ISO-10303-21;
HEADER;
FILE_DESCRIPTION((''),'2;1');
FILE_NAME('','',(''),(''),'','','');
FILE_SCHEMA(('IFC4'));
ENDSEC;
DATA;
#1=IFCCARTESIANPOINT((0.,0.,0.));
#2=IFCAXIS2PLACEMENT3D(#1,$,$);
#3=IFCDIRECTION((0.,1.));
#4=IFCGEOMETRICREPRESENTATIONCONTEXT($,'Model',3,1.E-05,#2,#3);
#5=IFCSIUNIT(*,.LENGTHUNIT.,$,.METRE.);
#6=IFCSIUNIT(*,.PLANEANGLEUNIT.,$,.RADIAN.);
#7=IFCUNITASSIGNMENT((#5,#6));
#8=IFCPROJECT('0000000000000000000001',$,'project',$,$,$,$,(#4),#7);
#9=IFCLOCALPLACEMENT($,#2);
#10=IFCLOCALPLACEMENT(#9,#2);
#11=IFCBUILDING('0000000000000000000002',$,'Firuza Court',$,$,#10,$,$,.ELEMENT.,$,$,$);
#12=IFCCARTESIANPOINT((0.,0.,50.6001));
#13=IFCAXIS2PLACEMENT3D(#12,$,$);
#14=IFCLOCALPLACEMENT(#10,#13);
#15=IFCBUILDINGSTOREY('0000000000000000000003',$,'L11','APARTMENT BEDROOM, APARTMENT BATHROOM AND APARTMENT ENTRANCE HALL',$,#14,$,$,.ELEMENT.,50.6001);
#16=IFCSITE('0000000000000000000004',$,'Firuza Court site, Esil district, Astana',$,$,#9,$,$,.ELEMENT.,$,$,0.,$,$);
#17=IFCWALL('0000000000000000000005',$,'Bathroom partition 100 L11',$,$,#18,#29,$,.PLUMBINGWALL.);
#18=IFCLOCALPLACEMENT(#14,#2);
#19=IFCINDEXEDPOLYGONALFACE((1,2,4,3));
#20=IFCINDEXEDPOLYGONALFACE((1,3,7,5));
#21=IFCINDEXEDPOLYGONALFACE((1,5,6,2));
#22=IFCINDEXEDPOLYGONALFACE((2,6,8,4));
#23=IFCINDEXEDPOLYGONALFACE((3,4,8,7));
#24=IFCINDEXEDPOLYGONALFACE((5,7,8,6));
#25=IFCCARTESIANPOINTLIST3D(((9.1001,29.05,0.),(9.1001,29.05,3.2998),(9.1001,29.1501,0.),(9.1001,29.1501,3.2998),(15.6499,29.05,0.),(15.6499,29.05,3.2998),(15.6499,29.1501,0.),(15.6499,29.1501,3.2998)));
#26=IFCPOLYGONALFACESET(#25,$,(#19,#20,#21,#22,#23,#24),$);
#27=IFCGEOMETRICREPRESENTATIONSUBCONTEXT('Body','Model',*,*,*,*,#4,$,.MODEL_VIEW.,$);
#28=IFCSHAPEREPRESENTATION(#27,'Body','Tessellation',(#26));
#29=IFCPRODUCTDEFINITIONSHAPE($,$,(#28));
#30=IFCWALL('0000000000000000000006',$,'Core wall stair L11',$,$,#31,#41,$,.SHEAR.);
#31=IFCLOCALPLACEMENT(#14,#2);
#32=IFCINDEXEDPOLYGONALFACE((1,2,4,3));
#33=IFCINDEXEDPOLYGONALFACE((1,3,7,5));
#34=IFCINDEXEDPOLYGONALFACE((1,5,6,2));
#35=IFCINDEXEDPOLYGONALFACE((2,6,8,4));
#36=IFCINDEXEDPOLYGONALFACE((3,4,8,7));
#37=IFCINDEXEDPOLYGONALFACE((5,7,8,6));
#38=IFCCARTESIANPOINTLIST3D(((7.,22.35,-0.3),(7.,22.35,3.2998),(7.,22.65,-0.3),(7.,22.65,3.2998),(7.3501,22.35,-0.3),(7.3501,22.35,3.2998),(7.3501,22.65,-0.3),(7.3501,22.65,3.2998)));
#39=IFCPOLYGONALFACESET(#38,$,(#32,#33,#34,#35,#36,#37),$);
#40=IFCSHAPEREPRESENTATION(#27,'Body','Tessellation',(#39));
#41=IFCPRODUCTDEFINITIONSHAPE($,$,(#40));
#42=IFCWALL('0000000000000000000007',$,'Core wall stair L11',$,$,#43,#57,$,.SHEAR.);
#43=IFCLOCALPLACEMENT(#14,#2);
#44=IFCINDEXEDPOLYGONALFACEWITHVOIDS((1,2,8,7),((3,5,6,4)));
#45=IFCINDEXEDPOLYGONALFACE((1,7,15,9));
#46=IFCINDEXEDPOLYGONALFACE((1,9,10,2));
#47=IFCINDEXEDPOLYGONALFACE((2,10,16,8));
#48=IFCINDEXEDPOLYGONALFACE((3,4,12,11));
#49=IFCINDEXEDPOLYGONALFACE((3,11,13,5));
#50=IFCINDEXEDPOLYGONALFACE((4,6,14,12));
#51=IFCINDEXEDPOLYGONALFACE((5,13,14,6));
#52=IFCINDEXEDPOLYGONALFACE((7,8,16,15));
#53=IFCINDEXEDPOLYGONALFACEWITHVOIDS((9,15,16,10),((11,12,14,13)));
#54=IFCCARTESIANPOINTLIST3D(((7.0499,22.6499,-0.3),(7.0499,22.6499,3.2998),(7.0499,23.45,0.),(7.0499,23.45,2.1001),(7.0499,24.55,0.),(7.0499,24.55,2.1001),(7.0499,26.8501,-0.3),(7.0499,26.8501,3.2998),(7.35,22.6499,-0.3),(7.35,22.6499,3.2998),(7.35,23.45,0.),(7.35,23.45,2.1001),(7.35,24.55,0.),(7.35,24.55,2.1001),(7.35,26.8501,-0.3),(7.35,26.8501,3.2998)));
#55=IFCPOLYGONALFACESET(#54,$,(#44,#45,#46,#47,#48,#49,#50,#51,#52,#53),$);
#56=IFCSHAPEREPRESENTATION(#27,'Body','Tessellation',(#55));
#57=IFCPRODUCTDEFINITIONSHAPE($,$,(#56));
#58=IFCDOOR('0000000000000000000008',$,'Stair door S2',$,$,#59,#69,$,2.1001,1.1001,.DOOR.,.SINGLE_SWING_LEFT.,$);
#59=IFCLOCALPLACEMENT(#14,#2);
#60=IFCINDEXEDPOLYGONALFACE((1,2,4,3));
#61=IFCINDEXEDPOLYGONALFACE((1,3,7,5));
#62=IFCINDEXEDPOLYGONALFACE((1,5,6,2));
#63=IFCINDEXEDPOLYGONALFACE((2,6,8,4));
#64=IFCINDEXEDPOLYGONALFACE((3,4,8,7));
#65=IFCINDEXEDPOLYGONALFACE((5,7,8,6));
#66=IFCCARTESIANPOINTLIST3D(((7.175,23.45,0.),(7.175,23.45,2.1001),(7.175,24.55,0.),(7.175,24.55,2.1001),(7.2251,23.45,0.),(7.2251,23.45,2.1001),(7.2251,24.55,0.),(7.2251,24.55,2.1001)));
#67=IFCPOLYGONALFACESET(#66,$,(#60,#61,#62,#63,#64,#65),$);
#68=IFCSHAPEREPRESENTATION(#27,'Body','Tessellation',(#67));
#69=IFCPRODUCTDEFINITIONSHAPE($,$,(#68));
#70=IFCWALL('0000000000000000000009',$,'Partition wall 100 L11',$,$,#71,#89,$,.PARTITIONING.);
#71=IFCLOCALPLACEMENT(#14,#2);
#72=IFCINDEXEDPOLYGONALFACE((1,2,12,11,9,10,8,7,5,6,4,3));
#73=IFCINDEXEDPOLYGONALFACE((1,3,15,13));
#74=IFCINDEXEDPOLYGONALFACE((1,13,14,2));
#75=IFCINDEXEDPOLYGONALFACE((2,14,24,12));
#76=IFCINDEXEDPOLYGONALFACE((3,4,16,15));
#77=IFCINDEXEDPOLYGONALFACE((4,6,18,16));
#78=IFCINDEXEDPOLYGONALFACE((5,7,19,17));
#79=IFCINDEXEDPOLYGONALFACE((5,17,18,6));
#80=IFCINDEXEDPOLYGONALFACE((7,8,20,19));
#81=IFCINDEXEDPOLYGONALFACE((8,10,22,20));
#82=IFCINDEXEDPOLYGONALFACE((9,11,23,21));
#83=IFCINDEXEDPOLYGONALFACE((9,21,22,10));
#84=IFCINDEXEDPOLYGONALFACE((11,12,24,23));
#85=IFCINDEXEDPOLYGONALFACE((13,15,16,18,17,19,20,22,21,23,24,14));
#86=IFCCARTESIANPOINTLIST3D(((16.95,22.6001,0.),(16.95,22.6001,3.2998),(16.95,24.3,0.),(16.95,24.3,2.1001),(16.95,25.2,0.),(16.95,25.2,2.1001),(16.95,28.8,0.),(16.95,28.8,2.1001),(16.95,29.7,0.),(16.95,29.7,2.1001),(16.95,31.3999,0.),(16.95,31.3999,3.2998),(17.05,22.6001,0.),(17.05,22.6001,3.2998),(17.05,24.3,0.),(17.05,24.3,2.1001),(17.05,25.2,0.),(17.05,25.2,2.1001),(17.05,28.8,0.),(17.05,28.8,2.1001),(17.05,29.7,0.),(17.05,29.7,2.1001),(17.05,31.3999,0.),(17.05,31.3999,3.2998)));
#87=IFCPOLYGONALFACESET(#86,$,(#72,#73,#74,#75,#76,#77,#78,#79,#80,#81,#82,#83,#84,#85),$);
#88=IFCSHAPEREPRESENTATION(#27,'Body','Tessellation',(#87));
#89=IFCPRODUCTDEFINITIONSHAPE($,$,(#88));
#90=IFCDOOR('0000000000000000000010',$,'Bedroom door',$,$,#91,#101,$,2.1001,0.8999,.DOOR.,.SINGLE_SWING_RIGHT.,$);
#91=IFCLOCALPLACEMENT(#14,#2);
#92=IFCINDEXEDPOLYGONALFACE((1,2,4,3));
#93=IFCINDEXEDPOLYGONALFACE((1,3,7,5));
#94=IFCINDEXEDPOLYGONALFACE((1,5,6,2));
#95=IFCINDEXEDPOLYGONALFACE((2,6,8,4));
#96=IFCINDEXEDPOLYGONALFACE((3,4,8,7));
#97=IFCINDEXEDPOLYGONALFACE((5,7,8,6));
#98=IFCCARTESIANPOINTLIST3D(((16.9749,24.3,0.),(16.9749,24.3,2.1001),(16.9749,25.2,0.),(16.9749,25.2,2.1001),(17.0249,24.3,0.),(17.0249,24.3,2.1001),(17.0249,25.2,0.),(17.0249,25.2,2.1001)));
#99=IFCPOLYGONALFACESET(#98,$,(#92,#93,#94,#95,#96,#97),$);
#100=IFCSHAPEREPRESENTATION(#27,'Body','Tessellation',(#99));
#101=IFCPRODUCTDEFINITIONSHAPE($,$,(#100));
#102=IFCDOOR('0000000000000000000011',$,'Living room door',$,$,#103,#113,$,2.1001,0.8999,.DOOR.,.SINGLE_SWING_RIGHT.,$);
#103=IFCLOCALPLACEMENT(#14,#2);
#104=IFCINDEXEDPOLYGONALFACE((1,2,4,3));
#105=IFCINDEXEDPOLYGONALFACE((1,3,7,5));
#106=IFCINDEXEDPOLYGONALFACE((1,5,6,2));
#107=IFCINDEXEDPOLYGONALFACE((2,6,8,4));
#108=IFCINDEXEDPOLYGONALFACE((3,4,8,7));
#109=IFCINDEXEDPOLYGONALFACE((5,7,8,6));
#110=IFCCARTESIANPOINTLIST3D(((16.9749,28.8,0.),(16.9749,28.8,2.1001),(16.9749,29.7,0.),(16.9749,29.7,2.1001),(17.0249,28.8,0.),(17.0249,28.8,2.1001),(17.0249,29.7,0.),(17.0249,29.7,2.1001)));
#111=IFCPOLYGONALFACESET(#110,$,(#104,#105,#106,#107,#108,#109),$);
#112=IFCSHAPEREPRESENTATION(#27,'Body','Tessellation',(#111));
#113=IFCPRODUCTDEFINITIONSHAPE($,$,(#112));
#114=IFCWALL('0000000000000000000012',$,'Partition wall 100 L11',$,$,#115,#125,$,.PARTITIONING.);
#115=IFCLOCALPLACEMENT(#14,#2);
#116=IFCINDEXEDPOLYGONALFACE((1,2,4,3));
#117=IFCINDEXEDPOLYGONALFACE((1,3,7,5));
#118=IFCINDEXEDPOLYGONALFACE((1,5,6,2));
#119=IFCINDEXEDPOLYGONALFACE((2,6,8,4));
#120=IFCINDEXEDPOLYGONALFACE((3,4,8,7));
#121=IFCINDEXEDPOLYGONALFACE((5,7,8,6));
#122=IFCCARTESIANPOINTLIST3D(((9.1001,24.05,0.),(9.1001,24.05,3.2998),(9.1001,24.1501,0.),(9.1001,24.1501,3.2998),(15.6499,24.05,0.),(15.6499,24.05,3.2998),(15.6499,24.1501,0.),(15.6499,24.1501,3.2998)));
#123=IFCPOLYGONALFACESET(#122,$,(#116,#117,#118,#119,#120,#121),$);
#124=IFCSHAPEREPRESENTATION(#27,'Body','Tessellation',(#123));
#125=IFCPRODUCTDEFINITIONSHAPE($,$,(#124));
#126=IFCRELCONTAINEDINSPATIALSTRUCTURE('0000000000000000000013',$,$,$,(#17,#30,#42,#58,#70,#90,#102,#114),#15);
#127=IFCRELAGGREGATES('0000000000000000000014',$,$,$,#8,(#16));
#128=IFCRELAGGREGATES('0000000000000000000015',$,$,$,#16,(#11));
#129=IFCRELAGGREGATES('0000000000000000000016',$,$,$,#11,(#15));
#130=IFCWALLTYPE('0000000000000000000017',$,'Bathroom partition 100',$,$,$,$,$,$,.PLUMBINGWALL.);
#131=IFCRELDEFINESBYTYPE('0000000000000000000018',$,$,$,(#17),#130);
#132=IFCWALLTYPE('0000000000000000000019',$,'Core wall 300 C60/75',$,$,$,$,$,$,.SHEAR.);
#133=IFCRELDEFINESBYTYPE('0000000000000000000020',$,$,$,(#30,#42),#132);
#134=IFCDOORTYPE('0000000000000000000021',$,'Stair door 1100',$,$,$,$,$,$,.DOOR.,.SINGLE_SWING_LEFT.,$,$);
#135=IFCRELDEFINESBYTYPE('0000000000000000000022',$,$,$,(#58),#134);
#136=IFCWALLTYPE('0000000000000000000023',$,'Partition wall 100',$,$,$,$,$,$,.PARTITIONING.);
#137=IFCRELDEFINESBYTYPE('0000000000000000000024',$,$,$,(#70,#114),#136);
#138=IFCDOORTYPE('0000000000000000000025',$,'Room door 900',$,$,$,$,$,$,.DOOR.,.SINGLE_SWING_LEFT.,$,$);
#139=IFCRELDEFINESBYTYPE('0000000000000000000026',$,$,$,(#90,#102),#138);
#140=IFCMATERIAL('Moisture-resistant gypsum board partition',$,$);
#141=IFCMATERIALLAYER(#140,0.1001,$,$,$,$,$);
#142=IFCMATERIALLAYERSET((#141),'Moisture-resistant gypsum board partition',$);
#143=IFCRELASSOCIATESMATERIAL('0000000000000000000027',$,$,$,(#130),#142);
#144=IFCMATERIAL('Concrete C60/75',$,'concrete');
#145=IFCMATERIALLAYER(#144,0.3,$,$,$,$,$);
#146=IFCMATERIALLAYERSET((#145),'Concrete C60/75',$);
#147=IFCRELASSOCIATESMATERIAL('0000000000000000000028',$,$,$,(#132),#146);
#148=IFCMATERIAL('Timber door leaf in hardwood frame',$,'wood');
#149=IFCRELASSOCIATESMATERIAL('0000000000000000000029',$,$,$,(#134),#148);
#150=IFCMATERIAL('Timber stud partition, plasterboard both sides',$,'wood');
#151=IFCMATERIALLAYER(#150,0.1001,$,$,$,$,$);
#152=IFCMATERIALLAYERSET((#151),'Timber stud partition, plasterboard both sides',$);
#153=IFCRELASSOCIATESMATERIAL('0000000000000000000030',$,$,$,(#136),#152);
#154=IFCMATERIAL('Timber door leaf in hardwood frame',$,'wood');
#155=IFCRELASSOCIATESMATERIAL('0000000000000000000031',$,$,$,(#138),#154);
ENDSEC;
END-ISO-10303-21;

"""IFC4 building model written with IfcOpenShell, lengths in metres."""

from ifc_helpers import new_model, si_unit, direction, frame, frame_2d, origin, place, context, subcontext, project, spatial, rectangle, extrude, material, layer, layer_set, type_object, element, fill, save


model = new_model("IFC4")

# Units and contexts
model_context = context("Model", 3, precision=1e-05, world=origin(), true_north=direction((0.0, 1.0)))
body_context = subcontext(model_context, "Body", "Model", "MODEL_VIEW")
ifc_project = project(units=[si_unit("LENGTHUNIT", "METRE"), si_unit("PLANEANGLEUNIT", "RADIAN")], contexts=[model_context])

# Site, building, storey
site_placement = place(None, origin())
site = spatial("IfcSite", under=ifc_project, at=site_placement, Name="Firuza Court site, Esil district, Astana", CompositionType="ELEMENT", RefElevation=0.0)
building_placement = place(site_placement, origin())
building = spatial("IfcBuilding", under=site, at=building_placement, Name="Firuza Court", CompositionType="ELEMENT")
storey_placement = place(building_placement, frame((0.0, 0.0, 50.6001)))
storey = spatial("IfcBuildingStorey", under=building, at=storey_placement, Name="L11", Description="APARTMENT BEDROOM, APARTMENT BATHROOM AND APARTMENT ENTRANCE HALL", CompositionType="ELEMENT", Elevation=50.6001)

# Walls
ifc_material_1 = material(Name="Moisture-resistant gypsum board partition")
ifc_layer_1 = layer(ifc_material_1, 0.1001)
ifc_layer_set_1 = layer_set([ifc_layer_1], Name="Moisture-resistant gypsum board partition")
wall_type_1 = type_object("IfcWallType", Name="Bathroom partition 100", PredefinedType="PLUMBINGWALL", material=ifc_layer_set_1)
wall_1_placement = place(storey_placement, frame((9.1001, 29.1001, 0.0), z_axis=(0.0, 0.0, 1.0), x_axis=(1.0, 0.0, 0.0)))
element("IfcWall", 1, at=wall_1_placement, inside=storey, type_object=wall_type_1, Name="Bathroom partition 100 L11", PredefinedType="PLUMBINGWALL", context=body_context, shape_type="SweptSolid", body=[
    extrude(rectangle(XDim=6.5498, YDim=0.1001, at=frame_2d((3.2749, 0.0))), origin(), (0.0, 0.0, 1.0), 3.2998),
])
ifc_material_2 = material(Name="Concrete C60/75", Category="concrete")
ifc_layer_2 = layer(ifc_material_2, 0.3)
ifc_layer_set_2 = layer_set([ifc_layer_2], Name="Concrete C60/75")
wall_type_2 = type_object("IfcWallType", Name="Core wall 300 C60/75", PredefinedType="SHEAR", material=ifc_layer_set_2)
wall_2_placement = place(storey_placement, frame((7.0, 22.5, -0.3), z_axis=(0.0, 0.0, 1.0), x_axis=(1.0, 0.0, 0.0)))
element("IfcWall", 2, at=wall_2_placement, inside=storey, type_object=wall_type_2, Name="Core wall stair L11", PredefinedType="SHEAR", context=body_context, shape_type="SweptSolid", body=[
    extrude(rectangle(XDim=0.3501, YDim=0.3, at=frame_2d((0.175, 0.0))), origin(), (0.0, 0.0, 1.0), 3.5999),
])

# Wall, opening, door
wall_3_placement = place(storey_placement, frame((7.2, 22.6499, -0.3), z_axis=(0.0, 0.0, 1.0), x_axis=(0.0, 1.0, 0.0)))
wall_3 = element("IfcWall", 3, at=wall_3_placement, inside=storey, type_object=wall_type_2, Name="Core wall stair L11", PredefinedType="SHEAR", context=body_context, shape_type="SweptSolid", body=[
    extrude(rectangle(XDim=4.2002, YDim=0.3, at=frame_2d((2.1001, 0.0))), origin(), (0.0, 0.0, 1.0), 3.5999),
])
opening_1_placement = place(wall_3_placement, frame((0.8, 0.0, 0.3)))
opening_1 = element("IfcOpeningElement", 4, at=opening_1_placement, cuts=wall_3, PredefinedType="OPENING", context=body_context, shape_type="SweptSolid", body=[
    extrude(rectangle(XDim=1.1001, YDim=2.1001, at=frame_2d((0.55, 1.05))), frame((0.0, 0.1621, 0.0), z_axis=(0.0, -1.0, 0.0), x_axis=(1.0, 0.0, 0.0)), (0.0, 0.0, 1.0), 0.324),
])
ifc_material_3 = material(Name="Timber door leaf in hardwood frame", Category="wood")
door_type_1 = type_object("IfcDoorType", Name="Stair door 1100", OperationType="SINGLE_SWING_LEFT", PredefinedType="DOOR", material=ifc_material_3)
door_1_placement = place(opening_1_placement, origin())
door_1 = element("IfcDoor", 5, at=door_1_placement, inside=storey, type_object=door_type_1, Name="Stair door S2", OperationType="SINGLE_SWING_LEFT", OverallHeight=2.1001, OverallWidth=1.1001, PredefinedType="DOOR", context=body_context, shape_type="SweptSolid", body=[
    extrude(rectangle(XDim=1.1001, YDim=2.1001, at=frame_2d((0.55, 1.05))), frame((0.0, 0.0249, 0.0), z_axis=(0.0, -1.0, 0.0), x_axis=(1.0, 0.0, 0.0)), (0.0, 0.0, 1.0), 0.05),
])
fill(opening_1, door_1)

# Wall, openings, doors
ifc_material_4 = material(Name="Timber stud partition, plasterboard both sides", Category="wood")
ifc_layer_3 = layer(ifc_material_4, 0.1001)
ifc_layer_set_3 = layer_set([ifc_layer_3], Name="Timber stud partition, plasterboard both sides")
wall_type_3 = type_object("IfcWallType", Name="Partition wall 100", PredefinedType="PARTITIONING", material=ifc_layer_set_3)
wall_4_placement = place(storey_placement, frame((17.0, 22.6001, 0.0), z_axis=(0.0, 0.0, 1.0), x_axis=(0.0, 1.0, 0.0)))
wall_4 = element("IfcWall", 6, at=wall_4_placement, inside=storey, type_object=wall_type_3, Name="Partition wall 100 L11", PredefinedType="PARTITIONING", context=body_context, shape_type="SweptSolid", body=[
    extrude(rectangle(XDim=8.7998, YDim=0.1001, at=frame_2d((4.3999, 0.0))), origin(), (0.0, 0.0, 1.0), 3.2998),
])
opening_2_placement = place(wall_4_placement, frame((1.7, 0.0, 0.0)))
opening_2 = element("IfcOpeningElement", 7, at=opening_2_placement, cuts=wall_4, PredefinedType="OPENING", context=body_context, shape_type="SweptSolid", body=[
    extrude(rectangle(XDim=0.8999, YDim=2.1001, at=frame_2d((0.45, 1.05))), frame((0.0, 0.062, 0.0), z_axis=(0.0, -1.0, 0.0), x_axis=(1.0, 0.0, 0.0)), (0.0, 0.0, 1.0), 0.124),
])
opening_3_placement = place(wall_4_placement, frame((6.2, 0.0, 0.0)))
opening_3 = element("IfcOpeningElement", 8, at=opening_3_placement, cuts=wall_4, PredefinedType="OPENING", context=body_context, shape_type="SweptSolid", body=[
    extrude(rectangle(XDim=0.8999, YDim=2.1001, at=frame_2d((0.45, 1.05))), frame((0.0, 0.062, 0.0), z_axis=(0.0, -1.0, 0.0), x_axis=(1.0, 0.0, 0.0)), (0.0, 0.0, 1.0), 0.124),
])
ifc_material_5 = material(Name="Timber door leaf in hardwood frame", Category="wood")
door_type_2 = type_object("IfcDoorType", Name="Room door 900", OperationType="SINGLE_SWING_LEFT", PredefinedType="DOOR", material=ifc_material_5)
door_2_placement = place(opening_2_placement, frame((0.8999, 0.0, 0.0), z_axis=(0.0, 0.0, 1.0), x_axis=(-1.0, 0.0, 0.0)))
door_2 = element("IfcDoor", 9, at=door_2_placement, inside=storey, type_object=door_type_2, Name="Bedroom door", OperationType="SINGLE_SWING_RIGHT", OverallHeight=2.1001, OverallWidth=0.8999, PredefinedType="DOOR", context=body_context, shape_type="SweptSolid", body=[
    extrude(rectangle(XDim=0.8999, YDim=2.1001, at=frame_2d((0.45, 1.05))), frame((0.0, 0.0249, 0.0), z_axis=(0.0, -1.0, 0.0), x_axis=(1.0, 0.0, 0.0)), (0.0, 0.0, 1.0), 0.05),
])
fill(opening_2, door_2)
door_3_placement = place(opening_3_placement, frame((0.8999, 0.0, 0.0), z_axis=(0.0, 0.0, 1.0), x_axis=(-1.0, 0.0, 0.0)))
door_3 = element("IfcDoor", 10, at=door_3_placement, inside=storey, type_object=door_type_2, Name="Living room door", OperationType="SINGLE_SWING_RIGHT", OverallHeight=2.1001, OverallWidth=0.8999, PredefinedType="DOOR", context=body_context, shape_type="SweptSolid", body=[
    extrude(rectangle(XDim=0.8999, YDim=2.1001, at=frame_2d((0.45, 1.05))), frame((0.0, 0.0249, 0.0), z_axis=(0.0, -1.0, 0.0), x_axis=(1.0, 0.0, 0.0)), (0.0, 0.0, 1.0), 0.05),
])
fill(opening_3, door_3)

# Wall
wall_5_placement = place(storey_placement, frame((9.1001, 24.1001, 0.0), z_axis=(0.0, 0.0, 1.0), x_axis=(1.0, 0.0, 0.0)))
element("IfcWall", 11, at=wall_5_placement, inside=storey, type_object=wall_type_3, Name="Partition wall 100 L11", PredefinedType="PARTITIONING", context=body_context, shape_type="SweptSolid", body=[
    extrude(rectangle(XDim=6.5498, YDim=0.1001, at=frame_2d((3.2749, 0.0))), origin(), (0.0, 0.0, 1.0), 3.2998),
])

save(model, "model.ifc")
